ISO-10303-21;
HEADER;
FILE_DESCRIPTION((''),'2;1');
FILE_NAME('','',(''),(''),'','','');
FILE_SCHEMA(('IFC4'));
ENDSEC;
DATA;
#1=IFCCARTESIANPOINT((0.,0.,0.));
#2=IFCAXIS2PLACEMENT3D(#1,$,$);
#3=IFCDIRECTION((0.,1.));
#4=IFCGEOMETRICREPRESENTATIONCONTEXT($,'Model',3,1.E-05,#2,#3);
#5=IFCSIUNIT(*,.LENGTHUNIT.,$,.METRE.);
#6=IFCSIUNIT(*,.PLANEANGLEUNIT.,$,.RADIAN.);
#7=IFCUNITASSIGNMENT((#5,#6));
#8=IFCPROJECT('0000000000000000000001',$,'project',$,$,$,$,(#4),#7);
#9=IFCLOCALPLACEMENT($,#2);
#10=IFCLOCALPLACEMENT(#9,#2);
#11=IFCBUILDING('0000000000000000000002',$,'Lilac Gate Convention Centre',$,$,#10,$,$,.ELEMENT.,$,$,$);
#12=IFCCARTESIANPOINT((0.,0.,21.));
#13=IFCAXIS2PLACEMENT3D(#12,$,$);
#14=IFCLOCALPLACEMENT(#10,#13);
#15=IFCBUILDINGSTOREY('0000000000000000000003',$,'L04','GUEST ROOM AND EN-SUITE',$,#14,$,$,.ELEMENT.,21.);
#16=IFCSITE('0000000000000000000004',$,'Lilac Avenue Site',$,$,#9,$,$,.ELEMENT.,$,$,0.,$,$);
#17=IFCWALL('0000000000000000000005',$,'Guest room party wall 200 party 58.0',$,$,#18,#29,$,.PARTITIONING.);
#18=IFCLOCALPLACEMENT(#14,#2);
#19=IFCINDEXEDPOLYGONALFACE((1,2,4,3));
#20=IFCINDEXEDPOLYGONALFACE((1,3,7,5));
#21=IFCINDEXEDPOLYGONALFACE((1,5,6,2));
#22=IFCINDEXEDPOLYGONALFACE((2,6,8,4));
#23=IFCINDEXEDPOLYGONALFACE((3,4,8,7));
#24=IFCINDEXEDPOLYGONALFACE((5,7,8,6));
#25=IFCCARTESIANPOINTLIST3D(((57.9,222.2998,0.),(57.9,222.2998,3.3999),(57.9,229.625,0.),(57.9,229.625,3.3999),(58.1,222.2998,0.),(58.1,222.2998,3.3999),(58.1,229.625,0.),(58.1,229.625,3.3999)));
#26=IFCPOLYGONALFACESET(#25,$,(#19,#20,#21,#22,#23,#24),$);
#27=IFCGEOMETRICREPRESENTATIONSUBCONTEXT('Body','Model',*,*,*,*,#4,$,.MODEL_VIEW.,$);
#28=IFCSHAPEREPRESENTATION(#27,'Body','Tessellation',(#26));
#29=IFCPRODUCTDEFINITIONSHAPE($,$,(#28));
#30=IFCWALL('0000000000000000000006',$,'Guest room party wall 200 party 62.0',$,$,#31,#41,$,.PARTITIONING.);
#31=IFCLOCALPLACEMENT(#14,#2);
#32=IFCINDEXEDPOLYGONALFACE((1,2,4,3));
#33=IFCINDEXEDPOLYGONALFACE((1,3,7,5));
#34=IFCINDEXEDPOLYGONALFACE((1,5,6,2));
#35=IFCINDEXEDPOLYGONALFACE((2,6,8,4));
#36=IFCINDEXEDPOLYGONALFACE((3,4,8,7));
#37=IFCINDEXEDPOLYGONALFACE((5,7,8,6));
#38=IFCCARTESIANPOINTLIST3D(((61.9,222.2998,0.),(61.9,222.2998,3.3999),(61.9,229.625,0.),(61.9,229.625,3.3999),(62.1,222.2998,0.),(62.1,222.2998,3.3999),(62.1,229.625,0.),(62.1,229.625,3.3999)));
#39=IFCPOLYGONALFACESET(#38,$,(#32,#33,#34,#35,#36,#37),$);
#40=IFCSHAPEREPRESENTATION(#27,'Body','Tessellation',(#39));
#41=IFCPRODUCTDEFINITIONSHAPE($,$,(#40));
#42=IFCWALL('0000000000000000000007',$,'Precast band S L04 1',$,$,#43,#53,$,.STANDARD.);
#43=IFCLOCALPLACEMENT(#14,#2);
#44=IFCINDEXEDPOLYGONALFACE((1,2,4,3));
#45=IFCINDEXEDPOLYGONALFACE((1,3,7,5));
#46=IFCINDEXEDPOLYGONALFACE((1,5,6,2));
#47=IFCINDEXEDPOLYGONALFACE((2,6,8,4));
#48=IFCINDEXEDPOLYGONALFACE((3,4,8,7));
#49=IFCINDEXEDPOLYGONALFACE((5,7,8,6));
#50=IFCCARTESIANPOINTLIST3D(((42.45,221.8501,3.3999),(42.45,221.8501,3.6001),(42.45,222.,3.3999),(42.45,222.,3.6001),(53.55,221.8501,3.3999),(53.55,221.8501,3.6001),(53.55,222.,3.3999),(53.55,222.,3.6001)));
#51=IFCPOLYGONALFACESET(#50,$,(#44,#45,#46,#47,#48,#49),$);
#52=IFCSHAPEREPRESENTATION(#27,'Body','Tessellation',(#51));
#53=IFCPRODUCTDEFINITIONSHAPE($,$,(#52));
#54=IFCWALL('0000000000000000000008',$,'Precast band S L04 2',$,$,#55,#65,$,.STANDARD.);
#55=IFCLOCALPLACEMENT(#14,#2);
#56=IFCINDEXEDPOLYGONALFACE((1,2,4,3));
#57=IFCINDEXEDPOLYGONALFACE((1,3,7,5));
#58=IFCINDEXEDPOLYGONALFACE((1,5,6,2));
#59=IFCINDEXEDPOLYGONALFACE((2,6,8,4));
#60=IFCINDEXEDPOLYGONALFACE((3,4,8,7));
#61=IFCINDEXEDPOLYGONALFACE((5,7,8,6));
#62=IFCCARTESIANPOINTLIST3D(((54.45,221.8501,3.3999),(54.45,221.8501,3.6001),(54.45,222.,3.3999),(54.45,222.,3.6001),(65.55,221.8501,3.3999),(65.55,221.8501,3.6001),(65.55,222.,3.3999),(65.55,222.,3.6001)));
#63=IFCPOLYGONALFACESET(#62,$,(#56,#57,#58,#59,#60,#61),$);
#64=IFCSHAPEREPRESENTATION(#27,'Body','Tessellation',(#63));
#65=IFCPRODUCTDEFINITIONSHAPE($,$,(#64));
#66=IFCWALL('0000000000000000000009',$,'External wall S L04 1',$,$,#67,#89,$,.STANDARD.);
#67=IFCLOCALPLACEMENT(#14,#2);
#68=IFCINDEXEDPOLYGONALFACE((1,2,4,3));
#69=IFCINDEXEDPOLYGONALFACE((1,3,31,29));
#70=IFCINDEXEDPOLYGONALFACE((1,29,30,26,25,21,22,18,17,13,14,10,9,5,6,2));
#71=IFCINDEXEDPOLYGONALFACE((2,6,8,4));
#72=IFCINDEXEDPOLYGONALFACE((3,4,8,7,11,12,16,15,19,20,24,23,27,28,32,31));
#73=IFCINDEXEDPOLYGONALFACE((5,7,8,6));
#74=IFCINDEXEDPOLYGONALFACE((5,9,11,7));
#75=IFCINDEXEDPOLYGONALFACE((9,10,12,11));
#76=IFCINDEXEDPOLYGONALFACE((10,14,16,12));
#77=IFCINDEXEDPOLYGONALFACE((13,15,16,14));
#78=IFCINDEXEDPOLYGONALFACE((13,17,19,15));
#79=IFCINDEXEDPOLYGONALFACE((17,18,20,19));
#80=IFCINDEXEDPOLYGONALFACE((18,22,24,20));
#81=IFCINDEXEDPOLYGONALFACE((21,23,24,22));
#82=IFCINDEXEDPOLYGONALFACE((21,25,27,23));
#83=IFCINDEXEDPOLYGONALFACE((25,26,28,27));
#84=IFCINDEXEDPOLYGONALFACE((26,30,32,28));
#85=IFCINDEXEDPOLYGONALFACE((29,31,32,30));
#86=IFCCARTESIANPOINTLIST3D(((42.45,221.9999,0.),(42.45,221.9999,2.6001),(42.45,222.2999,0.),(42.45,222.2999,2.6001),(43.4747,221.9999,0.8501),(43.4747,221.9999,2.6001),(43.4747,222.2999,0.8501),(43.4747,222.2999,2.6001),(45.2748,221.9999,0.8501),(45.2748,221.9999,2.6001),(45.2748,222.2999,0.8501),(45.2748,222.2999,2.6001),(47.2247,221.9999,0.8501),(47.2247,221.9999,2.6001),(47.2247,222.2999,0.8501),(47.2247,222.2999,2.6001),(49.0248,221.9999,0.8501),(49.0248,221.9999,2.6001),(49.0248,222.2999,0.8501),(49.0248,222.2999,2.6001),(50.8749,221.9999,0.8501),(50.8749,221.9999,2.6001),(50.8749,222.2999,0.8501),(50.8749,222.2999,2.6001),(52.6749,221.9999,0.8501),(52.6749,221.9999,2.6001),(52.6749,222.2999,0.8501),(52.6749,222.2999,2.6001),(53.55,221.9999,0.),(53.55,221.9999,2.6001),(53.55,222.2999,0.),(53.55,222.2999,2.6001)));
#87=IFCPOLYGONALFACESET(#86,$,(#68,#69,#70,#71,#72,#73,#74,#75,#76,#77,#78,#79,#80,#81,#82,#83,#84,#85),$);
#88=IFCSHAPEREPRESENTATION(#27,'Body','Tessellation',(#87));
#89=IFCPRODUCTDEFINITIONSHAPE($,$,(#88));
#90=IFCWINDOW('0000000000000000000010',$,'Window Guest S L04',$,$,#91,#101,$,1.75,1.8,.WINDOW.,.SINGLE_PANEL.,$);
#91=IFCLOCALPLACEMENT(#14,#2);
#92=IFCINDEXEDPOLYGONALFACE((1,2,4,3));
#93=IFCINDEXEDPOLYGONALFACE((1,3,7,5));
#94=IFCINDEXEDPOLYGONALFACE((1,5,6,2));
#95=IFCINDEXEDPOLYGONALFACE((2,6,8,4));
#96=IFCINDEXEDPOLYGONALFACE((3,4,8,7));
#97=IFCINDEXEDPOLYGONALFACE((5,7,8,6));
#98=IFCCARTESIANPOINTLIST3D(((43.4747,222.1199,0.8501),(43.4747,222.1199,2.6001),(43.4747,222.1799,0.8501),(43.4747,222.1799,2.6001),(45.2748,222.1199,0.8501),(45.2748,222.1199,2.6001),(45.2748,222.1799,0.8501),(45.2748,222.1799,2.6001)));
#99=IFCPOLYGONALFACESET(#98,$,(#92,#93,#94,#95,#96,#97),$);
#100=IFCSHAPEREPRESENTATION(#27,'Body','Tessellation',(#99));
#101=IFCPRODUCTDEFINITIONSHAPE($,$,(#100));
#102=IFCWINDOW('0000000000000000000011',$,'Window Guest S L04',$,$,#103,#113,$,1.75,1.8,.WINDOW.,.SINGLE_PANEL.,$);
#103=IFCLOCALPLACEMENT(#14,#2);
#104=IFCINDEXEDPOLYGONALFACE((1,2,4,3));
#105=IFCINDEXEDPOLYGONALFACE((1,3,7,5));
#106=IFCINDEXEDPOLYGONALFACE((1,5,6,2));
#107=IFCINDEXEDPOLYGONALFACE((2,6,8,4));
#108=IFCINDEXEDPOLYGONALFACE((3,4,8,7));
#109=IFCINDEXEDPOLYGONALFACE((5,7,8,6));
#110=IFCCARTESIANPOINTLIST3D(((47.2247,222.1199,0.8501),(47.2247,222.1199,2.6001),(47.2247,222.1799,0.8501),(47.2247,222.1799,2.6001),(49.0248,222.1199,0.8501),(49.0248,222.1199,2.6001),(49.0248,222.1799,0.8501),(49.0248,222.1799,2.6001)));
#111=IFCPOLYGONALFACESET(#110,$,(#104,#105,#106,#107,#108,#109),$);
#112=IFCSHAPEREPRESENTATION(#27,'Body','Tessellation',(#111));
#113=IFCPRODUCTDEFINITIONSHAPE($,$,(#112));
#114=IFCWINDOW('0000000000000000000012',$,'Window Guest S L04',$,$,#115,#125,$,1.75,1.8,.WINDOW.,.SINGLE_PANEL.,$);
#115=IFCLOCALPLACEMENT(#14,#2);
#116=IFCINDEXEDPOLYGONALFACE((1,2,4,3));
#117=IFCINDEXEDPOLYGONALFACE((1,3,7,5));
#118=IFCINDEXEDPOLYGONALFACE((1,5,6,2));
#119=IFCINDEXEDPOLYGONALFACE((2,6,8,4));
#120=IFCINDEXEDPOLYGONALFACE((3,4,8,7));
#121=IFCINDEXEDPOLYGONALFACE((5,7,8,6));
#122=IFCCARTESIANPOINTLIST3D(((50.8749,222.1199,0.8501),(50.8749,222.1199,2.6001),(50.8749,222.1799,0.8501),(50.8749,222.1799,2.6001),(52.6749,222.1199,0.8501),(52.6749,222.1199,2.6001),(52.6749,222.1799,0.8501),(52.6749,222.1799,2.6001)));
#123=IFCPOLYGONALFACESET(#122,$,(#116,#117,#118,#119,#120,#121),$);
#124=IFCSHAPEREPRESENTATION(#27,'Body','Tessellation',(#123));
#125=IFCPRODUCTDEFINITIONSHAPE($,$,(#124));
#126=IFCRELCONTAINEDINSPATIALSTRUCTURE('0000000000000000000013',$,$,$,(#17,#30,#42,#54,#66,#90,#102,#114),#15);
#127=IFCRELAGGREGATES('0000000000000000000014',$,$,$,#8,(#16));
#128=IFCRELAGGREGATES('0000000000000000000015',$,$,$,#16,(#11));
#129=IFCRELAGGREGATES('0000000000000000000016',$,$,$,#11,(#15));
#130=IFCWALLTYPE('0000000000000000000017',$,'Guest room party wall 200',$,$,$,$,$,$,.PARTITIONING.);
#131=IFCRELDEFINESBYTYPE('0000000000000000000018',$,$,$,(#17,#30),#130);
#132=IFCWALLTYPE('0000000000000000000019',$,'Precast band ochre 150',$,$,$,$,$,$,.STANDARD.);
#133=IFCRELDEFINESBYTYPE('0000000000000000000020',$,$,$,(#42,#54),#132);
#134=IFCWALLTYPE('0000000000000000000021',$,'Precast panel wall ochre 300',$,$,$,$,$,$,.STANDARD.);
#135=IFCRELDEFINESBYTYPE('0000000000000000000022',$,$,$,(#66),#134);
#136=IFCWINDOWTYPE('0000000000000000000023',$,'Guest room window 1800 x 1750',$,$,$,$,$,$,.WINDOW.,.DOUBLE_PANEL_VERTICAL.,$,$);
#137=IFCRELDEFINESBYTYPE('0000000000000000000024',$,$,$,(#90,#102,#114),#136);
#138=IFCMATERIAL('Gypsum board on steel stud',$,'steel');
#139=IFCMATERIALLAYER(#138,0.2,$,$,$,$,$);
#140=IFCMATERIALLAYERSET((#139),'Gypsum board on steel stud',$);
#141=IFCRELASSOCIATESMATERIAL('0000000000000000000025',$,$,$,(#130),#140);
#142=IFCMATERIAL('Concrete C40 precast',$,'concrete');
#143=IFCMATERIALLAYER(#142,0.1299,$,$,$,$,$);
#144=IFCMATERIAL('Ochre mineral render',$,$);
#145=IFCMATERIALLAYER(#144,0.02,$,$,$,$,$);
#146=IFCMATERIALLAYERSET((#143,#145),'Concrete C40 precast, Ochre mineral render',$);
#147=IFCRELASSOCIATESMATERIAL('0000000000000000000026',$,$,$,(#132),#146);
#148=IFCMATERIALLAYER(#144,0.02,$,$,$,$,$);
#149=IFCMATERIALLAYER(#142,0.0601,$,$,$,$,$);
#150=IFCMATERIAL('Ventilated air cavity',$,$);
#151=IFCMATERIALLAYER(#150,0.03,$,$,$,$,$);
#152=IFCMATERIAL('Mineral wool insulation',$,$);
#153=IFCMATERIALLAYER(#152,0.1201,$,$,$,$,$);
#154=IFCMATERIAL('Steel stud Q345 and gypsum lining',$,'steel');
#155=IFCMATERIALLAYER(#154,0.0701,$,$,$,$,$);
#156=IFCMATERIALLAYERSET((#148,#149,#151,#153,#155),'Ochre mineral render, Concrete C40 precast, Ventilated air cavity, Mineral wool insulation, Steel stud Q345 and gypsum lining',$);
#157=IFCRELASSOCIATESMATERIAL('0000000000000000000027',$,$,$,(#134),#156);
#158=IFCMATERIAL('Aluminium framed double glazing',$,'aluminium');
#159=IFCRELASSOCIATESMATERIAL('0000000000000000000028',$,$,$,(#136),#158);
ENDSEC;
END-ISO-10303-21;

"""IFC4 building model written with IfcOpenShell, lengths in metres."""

from ifc_helpers import new_model, si_unit, direction, frame, frame_2d, origin, place, context, subcontext, project, spatial, rectangle, extrude, material, layer, layer_set, type_object, element, fill, save


model = new_model("IFC4")

# Units and contexts
model_context = context("Model", 3, precision=1e-05, world=origin(), true_north=direction((0.0, 1.0)))
body_context = subcontext(model_context, "Body", "Model", "MODEL_VIEW")
ifc_project = project(units=[si_unit("LENGTHUNIT", "METRE"), si_unit("PLANEANGLEUNIT", "RADIAN")], contexts=[model_context])

# Site, building, storey
site_placement = place(None, origin())
site = spatial("IfcSite", under=ifc_project, at=site_placement, Name="Lilac Avenue Site", CompositionType="ELEMENT", RefElevation=0.0)
building_placement = place(site_placement, origin())
building = spatial("IfcBuilding", under=site, at=building_placement, Name="Lilac Gate Convention Centre", CompositionType="ELEMENT")
storey_placement = place(building_placement, frame((0.0, 0.0, 21.0)))
storey = spatial("IfcBuildingStorey", under=building, at=storey_placement, Name="L04", Description="GUEST ROOM AND EN-SUITE", CompositionType="ELEMENT", Elevation=21.0)

# Shared definitions
ifc_material_1 = material(Name="Mineral wool insulation")

# Shared definitions
ifc_material_2 = material(Name="Gypsum board on steel stud", Category="steel")

# Walls
ifc_layer_1 = layer(ifc_material_2, 0.2)
ifc_layer_set_1 = layer_set([ifc_layer_1], Name="Gypsum board on steel stud")
wall_type_1 = type_object("IfcWallType", Name="Guest room party wall 200", PredefinedType="PARTITIONING", material=ifc_layer_set_1)
for number, where, z_axis, x_axis, name in (
    (1, (58.0, 222.2998, 0.0), (0.0, 0.0, 1.0), (0.0, 1.0, 0.0), "Guest room party wall 200 party 58.0"),
    (2, (62.0, 222.2998, 0.0), (0.0, 0.0, 1.0), (0.0, 1.0, 0.0), "Guest room party wall 200 party 62.0"),
):
    element("IfcWall", number, at=place(storey_placement, frame(where, z_axis=z_axis, x_axis=x_axis)), inside=storey, type_object=wall_type_1, Name=name, PredefinedType="PARTITIONING", context=body_context, shape_type="SweptSolid", body=[
        extrude(rectangle(XDim=7.3252, YDim=0.2, at=frame_2d((3.6626, 0.0))), origin(), (0.0, 0.0, 1.0), 3.3999),
    ])
ifc_material_3 = material(Name="Concrete C40 precast", Category="concrete")
ifc_layer_2 = layer(ifc_material_3, 0.1299)
ifc_material_4 = material(Name="Ochre mineral render")
ifc_layer_3 = layer(ifc_material_4, 0.02)
ifc_layer_set_2 = layer_set([ifc_layer_2, ifc_layer_3], Name="Concrete C40 precast, Ochre mineral render")
wall_type_2 = type_object("IfcWallType", Name="Precast band ochre 150", PredefinedType="STANDARD", material=ifc_layer_set_2)
for number, where, z_axis, x_axis, name in (
    (3, (42.45, 221.925, 3.3999), (0.0, 0.0, 1.0), (1.0, 0.0, 0.0), "Precast band S L04 1"),
    (4, (54.45, 221.925, 3.3999), (0.0, 0.0, 1.0), (1.0, 0.0, 0.0), "Precast band S L04 2"),
):
    element("IfcWall", number, at=place(storey_placement, frame(where, z_axis=z_axis, x_axis=x_axis)), inside=storey, type_object=wall_type_2, Name=name, PredefinedType="STANDARD", context=body_context, shape_type="SweptSolid", body=[
        extrude(rectangle(XDim=11.1001, YDim=0.1499, at=frame_2d((5.55, 0.0))), origin(), (0.0, 0.0, 1.0), 0.2002),
    ])

# Wall, openings, windows
ifc_layer_4 = layer(ifc_material_4, 0.02)
ifc_layer_5 = layer(ifc_material_3, 0.0601)
ifc_material_5 = material(Name="Ventilated air cavity")
ifc_layer_6 = layer(ifc_material_5, 0.03)
ifc_layer_7 = layer(ifc_material_1, 0.1201)
ifc_material_6 = material(Name="Steel stud Q345 and gypsum lining", Category="steel")
ifc_layer_8 = layer(ifc_material_6, 0.0701)
ifc_layer_set_3 = layer_set([ifc_layer_4, ifc_layer_5, ifc_layer_6, ifc_layer_7, ifc_layer_8], Name="Ochre mineral render, Concrete C40 precast, Ventilated air cavity, Mineral wool insulation, Steel stud Q345 and gypsum lining")
wall_type_3 = type_object("IfcWallType", Name="Precast panel wall ochre 300", PredefinedType="STANDARD", material=ifc_layer_set_3)
wall_1_placement = place(storey_placement, frame((42.45, 222.1499, 0.0), z_axis=(0.0, 0.0, 1.0), x_axis=(1.0, 0.0, 0.0)))
wall_1 = element("IfcWall", 5, at=wall_1_placement, inside=storey, type_object=wall_type_3, Name="External wall S L04 1", PredefinedType="STANDARD", context=body_context, shape_type="SweptSolid", body=[
    extrude(rectangle(XDim=11.1001, YDim=0.3, at=frame_2d((5.55, 0.0))), origin(), (0.0, 0.0, 1.0), 2.6001),
])
opening_1_placement = place(wall_1_placement, frame((1.0249, 0.0, 0.8501)))
opening_1 = element("IfcOpeningElement", 6, at=opening_1_placement, cuts=wall_1, PredefinedType="OPENING", context=body_context, shape_type="SweptSolid", body=[
    extrude(rectangle(XDim=1.8, YDim=1.75, at=frame_2d((0.8999, 0.875))), frame((0.0, 0.1599, 0.0), z_axis=(0.0, -1.0, 0.0), x_axis=(1.0, 0.0, 0.0)), (0.0, 0.0, 1.0), 0.3201),
])
opening_2_placement = place(wall_1_placement, frame((4.7749, 0.0, 0.8501)))
opening_2 = element("IfcOpeningElement", 7, at=opening_2_placement, cuts=wall_1, PredefinedType="OPENING", context=body_context, shape_type="SweptSolid", body=[
    extrude(rectangle(XDim=1.8, YDim=1.75, at=frame_2d((0.8999, 0.875))), frame((0.0, 0.1599, 0.0), z_axis=(0.0, -1.0, 0.0), x_axis=(1.0, 0.0, 0.0)), (0.0, 0.0, 1.0), 0.3201),
])
opening_3_placement = place(wall_1_placement, frame((8.425, 0.0, 0.8501)))
opening_3 = element("IfcOpeningElement", 8, at=opening_3_placement, cuts=wall_1, PredefinedType="OPENING", context=body_context, shape_type="SweptSolid", body=[
    extrude(rectangle(XDim=1.8, YDim=1.75, at=frame_2d((0.8999, 0.875))), frame((0.0, 0.1599, 0.0), z_axis=(0.0, -1.0, 0.0), x_axis=(1.0, 0.0, 0.0)), (0.0, 0.0, 1.0), 0.3201),
])
ifc_material_7 = material(Name="Aluminium framed double glazing", Category="aluminium")
window_type = type_object("IfcWindowType", Name="Guest room window 1800 x 1750", PartitioningType="DOUBLE_PANEL_VERTICAL", PredefinedType="WINDOW", material=ifc_material_7)
window_1_placement = place(opening_1_placement, origin())
window_1 = element("IfcWindow", 9, at=window_1_placement, inside=storey, type_object=window_type, Name="Window Guest S L04", OverallHeight=1.75, OverallWidth=1.8, PartitioningType="SINGLE_PANEL", PredefinedType="WINDOW", context=body_context, shape_type="SweptSolid", body=[
    extrude(rectangle(XDim=1.8, YDim=1.75, at=frame_2d((0.8999, 0.875))), frame((0.0, 0.03, 0.0), z_axis=(0.0, -1.0, 0.0), x_axis=(1.0, 0.0, 0.0)), (0.0, 0.0, 1.0), 0.0601),
])
fill(opening_1, window_1)
window_2_placement = place(opening_2_placement, origin())
window_2 = element("IfcWindow", 10, at=window_2_placement, inside=storey, type_object=window_type, Name="Window Guest S L04", OverallHeight=1.75, OverallWidth=1.8, PartitioningType="SINGLE_PANEL", PredefinedType="WINDOW", context=body_context, shape_type="SweptSolid", body=[
    extrude(rectangle(XDim=1.8, YDim=1.75, at=frame_2d((0.8999, 0.875))), frame((0.0, 0.03, 0.0), z_axis=(0.0, -1.0, 0.0), x_axis=(1.0, 0.0, 0.0)), (0.0, 0.0, 1.0), 0.0601),
])
fill(opening_2, window_2)
window_3_placement = place(opening_3_placement, origin())
window_3 = element("IfcWindow", 11, at=window_3_placement, inside=storey, type_object=window_type, Name="Window Guest S L04", OverallHeight=1.75, OverallWidth=1.8, PartitioningType="SINGLE_PANEL", PredefinedType="WINDOW", context=body_context, shape_type="SweptSolid", body=[
    extrude(rectangle(XDim=1.8, YDim=1.75, at=frame_2d((0.8999, 0.875))), frame((0.0, 0.03, 0.0), z_axis=(0.0, -1.0, 0.0), x_axis=(1.0, 0.0, 0.0)), (0.0, 0.0, 1.0), 0.0601),
])
fill(opening_3, window_3)

save(model, "model.ifc")
